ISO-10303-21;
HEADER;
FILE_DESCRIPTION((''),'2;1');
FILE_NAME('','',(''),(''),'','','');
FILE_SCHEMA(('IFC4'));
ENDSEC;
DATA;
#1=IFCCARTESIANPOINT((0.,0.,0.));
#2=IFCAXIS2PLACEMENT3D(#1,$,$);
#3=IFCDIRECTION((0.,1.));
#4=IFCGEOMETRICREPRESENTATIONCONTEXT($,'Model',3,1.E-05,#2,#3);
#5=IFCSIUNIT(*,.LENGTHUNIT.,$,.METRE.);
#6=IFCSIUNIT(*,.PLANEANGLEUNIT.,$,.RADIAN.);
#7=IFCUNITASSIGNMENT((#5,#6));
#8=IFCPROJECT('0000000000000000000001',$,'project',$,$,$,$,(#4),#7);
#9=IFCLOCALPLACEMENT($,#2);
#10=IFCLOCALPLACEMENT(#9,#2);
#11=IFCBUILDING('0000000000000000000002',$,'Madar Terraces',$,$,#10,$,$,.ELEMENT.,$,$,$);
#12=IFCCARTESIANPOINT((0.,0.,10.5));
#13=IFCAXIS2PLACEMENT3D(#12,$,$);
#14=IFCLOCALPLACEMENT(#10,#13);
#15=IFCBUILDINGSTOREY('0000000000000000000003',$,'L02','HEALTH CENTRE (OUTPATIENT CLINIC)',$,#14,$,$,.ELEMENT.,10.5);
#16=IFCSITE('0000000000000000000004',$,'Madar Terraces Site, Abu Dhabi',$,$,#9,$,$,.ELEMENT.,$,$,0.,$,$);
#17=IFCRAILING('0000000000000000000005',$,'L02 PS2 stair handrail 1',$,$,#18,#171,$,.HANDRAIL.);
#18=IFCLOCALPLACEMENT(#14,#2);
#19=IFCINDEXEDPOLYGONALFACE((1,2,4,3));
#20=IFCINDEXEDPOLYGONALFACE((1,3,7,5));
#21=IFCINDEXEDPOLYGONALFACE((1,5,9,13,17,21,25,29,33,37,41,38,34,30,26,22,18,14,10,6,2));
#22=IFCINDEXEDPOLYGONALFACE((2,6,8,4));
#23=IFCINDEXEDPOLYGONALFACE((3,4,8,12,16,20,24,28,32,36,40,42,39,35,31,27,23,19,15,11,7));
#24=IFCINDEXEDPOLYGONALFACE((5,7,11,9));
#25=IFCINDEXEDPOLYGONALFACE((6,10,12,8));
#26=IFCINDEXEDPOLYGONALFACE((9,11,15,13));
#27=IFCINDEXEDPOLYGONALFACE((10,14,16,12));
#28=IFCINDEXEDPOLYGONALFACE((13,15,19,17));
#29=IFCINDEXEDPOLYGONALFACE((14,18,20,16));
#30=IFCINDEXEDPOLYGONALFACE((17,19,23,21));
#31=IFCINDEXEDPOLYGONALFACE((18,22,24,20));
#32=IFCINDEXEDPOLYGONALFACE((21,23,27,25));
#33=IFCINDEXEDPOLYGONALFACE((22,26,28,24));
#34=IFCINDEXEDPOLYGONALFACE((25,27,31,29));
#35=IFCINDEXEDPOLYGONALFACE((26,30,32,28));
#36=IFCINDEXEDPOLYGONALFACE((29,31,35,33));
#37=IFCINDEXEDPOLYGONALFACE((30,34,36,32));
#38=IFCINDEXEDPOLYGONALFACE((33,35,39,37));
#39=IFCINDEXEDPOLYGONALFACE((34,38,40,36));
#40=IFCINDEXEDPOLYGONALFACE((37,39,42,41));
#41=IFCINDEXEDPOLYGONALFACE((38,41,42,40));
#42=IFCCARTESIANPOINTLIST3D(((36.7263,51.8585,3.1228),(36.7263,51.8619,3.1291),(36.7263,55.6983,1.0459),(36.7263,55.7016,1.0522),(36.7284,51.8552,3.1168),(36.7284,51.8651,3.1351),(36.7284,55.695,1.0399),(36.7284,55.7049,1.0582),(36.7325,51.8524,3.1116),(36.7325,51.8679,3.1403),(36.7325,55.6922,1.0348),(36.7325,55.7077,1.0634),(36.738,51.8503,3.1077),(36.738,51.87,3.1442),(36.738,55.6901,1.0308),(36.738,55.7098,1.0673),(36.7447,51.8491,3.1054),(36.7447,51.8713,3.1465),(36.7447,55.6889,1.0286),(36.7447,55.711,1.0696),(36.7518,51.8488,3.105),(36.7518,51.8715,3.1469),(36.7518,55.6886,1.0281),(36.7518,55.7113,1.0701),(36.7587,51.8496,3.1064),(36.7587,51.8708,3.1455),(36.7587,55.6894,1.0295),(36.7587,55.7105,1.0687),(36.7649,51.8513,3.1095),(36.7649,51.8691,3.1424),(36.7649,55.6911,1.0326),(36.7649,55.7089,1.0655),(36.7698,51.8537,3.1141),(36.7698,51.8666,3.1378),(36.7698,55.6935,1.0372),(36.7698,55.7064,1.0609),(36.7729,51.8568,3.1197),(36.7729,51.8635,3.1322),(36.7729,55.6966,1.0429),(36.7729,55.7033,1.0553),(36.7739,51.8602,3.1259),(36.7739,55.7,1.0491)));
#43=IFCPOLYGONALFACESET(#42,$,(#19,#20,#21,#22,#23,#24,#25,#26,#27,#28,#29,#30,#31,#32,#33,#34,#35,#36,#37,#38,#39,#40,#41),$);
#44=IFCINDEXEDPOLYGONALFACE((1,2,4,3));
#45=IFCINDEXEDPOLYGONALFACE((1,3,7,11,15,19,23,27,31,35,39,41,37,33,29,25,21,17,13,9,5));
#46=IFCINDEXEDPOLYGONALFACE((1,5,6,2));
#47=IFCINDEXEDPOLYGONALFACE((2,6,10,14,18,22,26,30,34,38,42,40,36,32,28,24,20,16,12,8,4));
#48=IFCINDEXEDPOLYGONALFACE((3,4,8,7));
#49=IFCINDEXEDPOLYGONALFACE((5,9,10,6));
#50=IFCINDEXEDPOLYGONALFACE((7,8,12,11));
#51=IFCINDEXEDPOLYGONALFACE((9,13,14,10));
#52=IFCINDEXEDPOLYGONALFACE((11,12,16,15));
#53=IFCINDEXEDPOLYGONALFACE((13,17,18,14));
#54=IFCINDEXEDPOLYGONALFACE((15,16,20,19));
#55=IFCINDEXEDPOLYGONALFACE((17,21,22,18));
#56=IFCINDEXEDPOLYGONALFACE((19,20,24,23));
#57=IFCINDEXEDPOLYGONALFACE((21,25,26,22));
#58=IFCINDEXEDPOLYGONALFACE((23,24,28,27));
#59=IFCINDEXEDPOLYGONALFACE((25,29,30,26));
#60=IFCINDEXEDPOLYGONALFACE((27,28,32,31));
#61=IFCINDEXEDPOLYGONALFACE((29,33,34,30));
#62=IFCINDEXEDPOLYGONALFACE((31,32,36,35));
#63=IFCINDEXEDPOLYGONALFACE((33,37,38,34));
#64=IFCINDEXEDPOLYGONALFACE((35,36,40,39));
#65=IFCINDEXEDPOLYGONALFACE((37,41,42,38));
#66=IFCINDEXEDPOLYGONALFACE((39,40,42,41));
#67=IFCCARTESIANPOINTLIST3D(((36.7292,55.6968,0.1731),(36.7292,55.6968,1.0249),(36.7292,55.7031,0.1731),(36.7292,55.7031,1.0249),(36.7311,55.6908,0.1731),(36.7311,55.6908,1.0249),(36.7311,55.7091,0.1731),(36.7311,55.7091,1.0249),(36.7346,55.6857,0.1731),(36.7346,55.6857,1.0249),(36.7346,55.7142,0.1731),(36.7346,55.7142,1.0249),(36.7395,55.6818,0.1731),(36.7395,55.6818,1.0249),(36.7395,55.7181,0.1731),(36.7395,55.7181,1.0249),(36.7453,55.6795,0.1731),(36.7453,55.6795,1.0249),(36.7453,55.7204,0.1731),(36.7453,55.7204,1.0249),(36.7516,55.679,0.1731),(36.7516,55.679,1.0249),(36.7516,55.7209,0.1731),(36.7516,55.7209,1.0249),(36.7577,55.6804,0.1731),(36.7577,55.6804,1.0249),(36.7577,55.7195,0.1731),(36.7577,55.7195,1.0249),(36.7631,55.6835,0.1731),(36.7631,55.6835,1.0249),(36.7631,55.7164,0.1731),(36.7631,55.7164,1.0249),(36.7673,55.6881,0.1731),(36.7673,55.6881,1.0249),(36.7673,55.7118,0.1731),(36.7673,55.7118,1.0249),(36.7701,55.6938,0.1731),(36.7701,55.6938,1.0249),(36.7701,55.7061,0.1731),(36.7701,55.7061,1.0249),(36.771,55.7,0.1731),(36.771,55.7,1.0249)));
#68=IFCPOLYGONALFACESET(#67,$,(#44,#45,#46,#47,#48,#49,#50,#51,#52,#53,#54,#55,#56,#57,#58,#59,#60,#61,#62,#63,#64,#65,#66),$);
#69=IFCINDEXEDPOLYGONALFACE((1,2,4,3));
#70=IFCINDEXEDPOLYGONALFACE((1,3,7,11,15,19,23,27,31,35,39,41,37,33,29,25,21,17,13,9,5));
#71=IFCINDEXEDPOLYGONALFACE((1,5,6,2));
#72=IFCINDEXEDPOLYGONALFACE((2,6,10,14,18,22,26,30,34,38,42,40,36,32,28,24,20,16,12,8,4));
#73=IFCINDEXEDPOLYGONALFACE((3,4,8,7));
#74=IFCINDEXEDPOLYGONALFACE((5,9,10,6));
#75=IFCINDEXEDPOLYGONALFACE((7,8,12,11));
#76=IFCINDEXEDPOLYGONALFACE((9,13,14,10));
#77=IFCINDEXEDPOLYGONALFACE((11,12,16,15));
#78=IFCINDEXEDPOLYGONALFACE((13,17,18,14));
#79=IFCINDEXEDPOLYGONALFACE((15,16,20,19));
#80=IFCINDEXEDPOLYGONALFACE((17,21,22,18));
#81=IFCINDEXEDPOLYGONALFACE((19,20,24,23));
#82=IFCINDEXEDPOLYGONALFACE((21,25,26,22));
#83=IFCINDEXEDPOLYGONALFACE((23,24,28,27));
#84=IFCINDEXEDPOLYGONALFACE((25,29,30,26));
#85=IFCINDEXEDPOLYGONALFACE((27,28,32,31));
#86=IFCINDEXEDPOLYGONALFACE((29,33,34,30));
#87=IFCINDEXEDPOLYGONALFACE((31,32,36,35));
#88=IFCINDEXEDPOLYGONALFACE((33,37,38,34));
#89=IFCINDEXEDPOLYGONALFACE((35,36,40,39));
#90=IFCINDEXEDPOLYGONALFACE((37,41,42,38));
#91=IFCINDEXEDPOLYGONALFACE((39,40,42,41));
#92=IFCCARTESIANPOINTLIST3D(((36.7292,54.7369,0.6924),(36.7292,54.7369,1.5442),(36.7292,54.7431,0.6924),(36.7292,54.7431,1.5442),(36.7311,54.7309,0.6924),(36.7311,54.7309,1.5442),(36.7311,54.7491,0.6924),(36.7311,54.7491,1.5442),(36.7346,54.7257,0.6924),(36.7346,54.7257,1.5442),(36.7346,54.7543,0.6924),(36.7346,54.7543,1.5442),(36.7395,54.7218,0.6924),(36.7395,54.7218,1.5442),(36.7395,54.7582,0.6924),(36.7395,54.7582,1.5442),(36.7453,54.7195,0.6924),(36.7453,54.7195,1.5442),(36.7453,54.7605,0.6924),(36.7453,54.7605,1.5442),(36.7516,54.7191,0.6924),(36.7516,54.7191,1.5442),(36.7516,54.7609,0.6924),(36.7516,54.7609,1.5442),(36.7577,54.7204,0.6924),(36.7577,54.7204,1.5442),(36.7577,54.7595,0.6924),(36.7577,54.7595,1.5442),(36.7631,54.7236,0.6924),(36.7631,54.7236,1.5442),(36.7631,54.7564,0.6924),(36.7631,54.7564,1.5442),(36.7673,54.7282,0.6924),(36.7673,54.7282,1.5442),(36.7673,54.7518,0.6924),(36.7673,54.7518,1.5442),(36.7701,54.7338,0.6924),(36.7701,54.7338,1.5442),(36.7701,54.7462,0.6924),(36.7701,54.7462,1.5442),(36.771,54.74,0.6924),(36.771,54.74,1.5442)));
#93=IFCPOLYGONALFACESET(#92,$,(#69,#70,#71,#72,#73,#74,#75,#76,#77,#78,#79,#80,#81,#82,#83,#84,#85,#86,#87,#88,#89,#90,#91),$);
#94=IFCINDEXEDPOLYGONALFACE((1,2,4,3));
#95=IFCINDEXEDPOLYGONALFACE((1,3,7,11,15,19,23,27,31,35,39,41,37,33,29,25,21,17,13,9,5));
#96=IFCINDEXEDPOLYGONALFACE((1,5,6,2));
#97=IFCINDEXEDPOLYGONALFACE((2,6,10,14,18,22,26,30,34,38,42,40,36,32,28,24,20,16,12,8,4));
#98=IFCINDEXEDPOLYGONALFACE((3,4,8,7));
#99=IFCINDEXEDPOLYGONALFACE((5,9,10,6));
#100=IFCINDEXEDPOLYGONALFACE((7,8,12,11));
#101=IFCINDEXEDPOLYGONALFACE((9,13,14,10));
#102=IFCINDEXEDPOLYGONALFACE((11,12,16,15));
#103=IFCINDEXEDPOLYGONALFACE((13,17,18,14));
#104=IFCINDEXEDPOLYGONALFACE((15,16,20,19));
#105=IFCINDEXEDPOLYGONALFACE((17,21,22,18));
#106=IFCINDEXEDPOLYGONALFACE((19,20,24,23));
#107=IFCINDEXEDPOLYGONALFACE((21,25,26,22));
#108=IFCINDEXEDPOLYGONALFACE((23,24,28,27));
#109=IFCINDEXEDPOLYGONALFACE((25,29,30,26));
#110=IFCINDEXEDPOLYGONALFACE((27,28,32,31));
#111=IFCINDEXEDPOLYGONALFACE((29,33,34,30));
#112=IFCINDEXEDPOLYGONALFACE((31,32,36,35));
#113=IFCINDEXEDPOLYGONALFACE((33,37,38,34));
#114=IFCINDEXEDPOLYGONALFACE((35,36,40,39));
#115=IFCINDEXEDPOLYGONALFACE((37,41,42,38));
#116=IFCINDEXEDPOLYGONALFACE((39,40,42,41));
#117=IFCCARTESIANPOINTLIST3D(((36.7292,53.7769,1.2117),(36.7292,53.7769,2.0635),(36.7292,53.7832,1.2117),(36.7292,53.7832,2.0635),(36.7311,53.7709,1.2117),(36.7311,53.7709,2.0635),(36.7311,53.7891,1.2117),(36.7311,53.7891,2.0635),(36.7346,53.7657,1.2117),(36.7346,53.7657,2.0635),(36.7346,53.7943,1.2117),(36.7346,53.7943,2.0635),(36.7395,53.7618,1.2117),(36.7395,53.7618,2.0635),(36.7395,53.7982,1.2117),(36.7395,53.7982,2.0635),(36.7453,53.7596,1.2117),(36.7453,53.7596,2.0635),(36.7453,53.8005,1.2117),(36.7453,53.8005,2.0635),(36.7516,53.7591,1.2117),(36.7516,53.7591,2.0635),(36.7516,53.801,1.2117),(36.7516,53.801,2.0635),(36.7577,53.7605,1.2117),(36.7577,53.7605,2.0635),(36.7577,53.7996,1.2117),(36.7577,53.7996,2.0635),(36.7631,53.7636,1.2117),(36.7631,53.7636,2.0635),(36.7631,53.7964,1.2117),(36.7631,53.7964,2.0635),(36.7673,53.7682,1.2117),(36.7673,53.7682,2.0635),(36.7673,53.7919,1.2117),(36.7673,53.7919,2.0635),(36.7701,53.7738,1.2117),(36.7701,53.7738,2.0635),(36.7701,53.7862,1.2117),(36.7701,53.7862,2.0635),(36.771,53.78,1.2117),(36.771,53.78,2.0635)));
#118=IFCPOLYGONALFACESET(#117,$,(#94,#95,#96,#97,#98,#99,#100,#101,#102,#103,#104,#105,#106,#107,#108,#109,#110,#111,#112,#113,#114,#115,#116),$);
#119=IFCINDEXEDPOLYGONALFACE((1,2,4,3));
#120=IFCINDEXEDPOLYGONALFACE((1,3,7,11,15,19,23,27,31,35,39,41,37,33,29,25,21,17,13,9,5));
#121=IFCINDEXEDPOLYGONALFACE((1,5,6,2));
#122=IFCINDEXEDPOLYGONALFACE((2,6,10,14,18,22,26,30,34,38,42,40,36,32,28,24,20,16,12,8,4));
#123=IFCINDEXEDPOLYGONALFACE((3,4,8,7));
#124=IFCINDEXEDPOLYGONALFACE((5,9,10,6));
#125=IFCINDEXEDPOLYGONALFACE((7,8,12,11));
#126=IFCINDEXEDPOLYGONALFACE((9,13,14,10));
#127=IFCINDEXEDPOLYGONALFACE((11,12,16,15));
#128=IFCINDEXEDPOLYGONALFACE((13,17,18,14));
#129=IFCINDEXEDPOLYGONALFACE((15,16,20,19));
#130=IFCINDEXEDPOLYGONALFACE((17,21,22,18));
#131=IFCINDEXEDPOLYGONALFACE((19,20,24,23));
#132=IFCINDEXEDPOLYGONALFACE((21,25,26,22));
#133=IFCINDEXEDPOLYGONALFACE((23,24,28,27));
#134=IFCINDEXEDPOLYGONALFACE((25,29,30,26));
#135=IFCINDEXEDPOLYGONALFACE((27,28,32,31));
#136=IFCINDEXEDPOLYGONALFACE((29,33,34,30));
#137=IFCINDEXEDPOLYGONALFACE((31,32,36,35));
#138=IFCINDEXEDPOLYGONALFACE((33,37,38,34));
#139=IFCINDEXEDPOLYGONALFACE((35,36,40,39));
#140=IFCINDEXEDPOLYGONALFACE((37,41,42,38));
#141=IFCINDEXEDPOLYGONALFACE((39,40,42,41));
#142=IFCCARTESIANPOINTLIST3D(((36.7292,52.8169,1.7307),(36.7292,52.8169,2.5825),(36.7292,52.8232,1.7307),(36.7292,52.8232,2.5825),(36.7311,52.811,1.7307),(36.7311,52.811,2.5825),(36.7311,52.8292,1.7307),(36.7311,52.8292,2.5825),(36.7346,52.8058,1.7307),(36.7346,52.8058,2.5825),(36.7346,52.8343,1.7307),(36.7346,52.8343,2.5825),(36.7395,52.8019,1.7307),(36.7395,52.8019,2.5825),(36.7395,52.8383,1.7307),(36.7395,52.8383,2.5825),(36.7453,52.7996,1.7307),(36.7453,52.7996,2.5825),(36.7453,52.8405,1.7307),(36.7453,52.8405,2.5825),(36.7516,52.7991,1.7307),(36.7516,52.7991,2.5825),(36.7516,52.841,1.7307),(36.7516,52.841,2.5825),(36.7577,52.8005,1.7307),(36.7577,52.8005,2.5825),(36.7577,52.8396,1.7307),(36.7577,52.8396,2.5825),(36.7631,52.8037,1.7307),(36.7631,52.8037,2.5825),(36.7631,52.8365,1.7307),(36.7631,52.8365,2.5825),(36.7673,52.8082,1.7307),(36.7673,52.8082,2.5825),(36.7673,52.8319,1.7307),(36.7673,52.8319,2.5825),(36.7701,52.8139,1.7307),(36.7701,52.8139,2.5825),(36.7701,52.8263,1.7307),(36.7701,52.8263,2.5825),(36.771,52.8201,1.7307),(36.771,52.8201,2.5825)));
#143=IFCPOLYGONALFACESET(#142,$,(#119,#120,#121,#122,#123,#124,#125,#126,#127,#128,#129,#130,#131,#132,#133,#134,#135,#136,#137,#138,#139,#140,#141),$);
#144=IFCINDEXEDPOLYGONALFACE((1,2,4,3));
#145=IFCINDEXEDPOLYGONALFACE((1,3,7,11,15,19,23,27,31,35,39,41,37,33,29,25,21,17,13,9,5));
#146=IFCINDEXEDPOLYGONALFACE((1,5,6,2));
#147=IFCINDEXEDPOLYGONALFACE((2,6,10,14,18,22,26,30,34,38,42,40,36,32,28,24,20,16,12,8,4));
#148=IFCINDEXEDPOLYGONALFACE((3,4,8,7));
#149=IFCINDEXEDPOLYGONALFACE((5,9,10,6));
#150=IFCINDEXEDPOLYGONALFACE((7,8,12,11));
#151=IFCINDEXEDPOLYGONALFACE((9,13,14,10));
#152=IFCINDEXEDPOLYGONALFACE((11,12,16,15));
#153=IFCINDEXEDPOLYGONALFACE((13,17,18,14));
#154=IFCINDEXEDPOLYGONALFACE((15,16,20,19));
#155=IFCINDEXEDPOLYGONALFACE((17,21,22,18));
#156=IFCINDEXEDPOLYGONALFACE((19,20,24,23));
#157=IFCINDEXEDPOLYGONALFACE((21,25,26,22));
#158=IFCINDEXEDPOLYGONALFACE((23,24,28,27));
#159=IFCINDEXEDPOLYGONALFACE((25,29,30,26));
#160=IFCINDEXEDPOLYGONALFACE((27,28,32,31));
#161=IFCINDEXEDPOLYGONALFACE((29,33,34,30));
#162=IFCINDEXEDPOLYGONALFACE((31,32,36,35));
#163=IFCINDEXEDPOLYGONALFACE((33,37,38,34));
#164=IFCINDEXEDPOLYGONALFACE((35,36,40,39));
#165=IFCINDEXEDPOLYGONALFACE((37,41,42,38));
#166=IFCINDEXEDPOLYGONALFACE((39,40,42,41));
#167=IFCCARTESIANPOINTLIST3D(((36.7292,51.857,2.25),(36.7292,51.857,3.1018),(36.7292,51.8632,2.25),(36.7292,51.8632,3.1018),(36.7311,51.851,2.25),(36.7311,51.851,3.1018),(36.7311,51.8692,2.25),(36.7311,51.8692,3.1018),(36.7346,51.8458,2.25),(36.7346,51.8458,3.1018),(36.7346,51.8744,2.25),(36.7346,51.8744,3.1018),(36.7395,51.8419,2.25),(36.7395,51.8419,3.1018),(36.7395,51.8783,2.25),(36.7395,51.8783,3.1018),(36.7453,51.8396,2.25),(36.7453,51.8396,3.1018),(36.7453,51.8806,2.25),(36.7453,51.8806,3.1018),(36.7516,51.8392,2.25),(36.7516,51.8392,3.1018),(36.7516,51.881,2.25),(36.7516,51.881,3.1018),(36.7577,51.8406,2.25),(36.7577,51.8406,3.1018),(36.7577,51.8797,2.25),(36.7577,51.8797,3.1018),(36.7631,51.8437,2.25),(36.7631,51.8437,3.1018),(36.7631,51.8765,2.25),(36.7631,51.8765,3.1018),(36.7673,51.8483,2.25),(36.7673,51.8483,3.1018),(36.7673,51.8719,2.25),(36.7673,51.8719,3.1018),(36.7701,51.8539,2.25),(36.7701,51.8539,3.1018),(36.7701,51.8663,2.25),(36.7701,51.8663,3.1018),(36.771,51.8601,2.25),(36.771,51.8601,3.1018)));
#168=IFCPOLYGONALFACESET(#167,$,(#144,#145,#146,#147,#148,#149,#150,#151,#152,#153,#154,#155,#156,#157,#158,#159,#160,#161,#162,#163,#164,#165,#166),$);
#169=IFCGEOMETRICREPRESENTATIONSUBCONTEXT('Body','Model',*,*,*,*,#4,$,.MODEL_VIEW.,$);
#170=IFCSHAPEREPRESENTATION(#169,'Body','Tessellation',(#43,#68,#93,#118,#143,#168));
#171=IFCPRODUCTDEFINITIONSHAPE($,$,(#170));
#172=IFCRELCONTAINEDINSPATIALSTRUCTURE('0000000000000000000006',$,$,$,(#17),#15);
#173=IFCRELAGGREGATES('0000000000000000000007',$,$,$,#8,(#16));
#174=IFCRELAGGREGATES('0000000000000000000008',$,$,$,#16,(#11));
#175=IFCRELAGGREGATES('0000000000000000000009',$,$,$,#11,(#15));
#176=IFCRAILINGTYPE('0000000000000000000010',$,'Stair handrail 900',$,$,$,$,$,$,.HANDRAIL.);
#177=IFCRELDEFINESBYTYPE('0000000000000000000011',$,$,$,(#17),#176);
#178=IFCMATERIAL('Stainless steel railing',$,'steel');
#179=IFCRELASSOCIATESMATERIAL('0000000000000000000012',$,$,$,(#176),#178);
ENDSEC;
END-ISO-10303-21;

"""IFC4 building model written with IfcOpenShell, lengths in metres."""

from ifc_helpers import new_model, si_unit, direction, frame, origin, origin_2d, place, context, subcontext, project, spatial, circle, extrude, material, type_object, element, save


model = new_model("IFC4")

# Units and contexts
model_context = context("Model", 3, precision=1e-05, world=origin(), true_north=direction((0.0, 1.0)))
body_context = subcontext(model_context, "Body", "Model", "MODEL_VIEW")
ifc_project = project(units=[si_unit("LENGTHUNIT", "METRE"), si_unit("PLANEANGLEUNIT", "RADIAN")], contexts=[model_context])

# Site, building, storey
site_placement = place(None, origin())
site = spatial("IfcSite", under=ifc_project, at=site_placement, Name="Madar Terraces Site, Abu Dhabi", CompositionType="ELEMENT", RefElevation=0.0)
building_placement = place(site_placement, origin())
building = spatial("IfcBuilding", under=site, at=building_placement, Name="Madar Terraces", CompositionType="ELEMENT")
storey_placement = place(building_placement, frame((0.0, 0.0, 10.5)))
storey = spatial("IfcBuildingStorey", under=building, at=storey_placement, Name="L02", Description="HEALTH CENTRE (OUTPATIENT CLINIC)", CompositionType="ELEMENT", Elevation=10.5)

# Railing
ifc_material_1 = material(Name="Stainless steel railing", Category="steel")
railing_type_1 = type_object("IfcRailingType", Name="Stair handrail 900", PredefinedType="HANDRAIL", material=ifc_material_1)
railing_1_placement = place(storey_placement, frame((36.75, 55.7, 0.1731)))
element("IfcRailing", 1, at=railing_1_placement, inside=storey, type_object=railing_type_1, Name="L02 PS2 stair handrail 1", PredefinedType="HANDRAIL", context=body_context, shape_type="SweptSolid", body=[
    extrude(circle(Radius=0.0239, at=origin_2d()), frame((0.0, 0.0, 0.876), z_axis=(0.0, -0.879581, 0.47575), x_axis=(1.0, 0.0, 0.0)), (0.0, 0.0, 1.0), 4.3655),
    extrude(circle(Radius=0.021, at=origin_2d()), origin(), (0.0, 0.0, 1.0), 0.8518),
    extrude(circle(Radius=0.021, at=origin_2d()), frame((0.0, -0.96, 0.5193)), (0.0, 0.0, 1.0), 0.8518),
    extrude(circle(Radius=0.021, at=origin_2d()), frame((0.0, -1.9199, 1.0386)), (0.0, 0.0, 1.0), 0.8518),
    extrude(circle(Radius=0.021, at=origin_2d()), frame((0.0, -2.8799, 1.5576)), (0.0, 0.0, 1.0), 0.8518),
    extrude(circle(Radius=0.021, at=origin_2d()), frame((0.0, -3.8398, 2.0769)), (0.0, 0.0, 1.0), 0.8518),
])

save(model, "model.ifc")
